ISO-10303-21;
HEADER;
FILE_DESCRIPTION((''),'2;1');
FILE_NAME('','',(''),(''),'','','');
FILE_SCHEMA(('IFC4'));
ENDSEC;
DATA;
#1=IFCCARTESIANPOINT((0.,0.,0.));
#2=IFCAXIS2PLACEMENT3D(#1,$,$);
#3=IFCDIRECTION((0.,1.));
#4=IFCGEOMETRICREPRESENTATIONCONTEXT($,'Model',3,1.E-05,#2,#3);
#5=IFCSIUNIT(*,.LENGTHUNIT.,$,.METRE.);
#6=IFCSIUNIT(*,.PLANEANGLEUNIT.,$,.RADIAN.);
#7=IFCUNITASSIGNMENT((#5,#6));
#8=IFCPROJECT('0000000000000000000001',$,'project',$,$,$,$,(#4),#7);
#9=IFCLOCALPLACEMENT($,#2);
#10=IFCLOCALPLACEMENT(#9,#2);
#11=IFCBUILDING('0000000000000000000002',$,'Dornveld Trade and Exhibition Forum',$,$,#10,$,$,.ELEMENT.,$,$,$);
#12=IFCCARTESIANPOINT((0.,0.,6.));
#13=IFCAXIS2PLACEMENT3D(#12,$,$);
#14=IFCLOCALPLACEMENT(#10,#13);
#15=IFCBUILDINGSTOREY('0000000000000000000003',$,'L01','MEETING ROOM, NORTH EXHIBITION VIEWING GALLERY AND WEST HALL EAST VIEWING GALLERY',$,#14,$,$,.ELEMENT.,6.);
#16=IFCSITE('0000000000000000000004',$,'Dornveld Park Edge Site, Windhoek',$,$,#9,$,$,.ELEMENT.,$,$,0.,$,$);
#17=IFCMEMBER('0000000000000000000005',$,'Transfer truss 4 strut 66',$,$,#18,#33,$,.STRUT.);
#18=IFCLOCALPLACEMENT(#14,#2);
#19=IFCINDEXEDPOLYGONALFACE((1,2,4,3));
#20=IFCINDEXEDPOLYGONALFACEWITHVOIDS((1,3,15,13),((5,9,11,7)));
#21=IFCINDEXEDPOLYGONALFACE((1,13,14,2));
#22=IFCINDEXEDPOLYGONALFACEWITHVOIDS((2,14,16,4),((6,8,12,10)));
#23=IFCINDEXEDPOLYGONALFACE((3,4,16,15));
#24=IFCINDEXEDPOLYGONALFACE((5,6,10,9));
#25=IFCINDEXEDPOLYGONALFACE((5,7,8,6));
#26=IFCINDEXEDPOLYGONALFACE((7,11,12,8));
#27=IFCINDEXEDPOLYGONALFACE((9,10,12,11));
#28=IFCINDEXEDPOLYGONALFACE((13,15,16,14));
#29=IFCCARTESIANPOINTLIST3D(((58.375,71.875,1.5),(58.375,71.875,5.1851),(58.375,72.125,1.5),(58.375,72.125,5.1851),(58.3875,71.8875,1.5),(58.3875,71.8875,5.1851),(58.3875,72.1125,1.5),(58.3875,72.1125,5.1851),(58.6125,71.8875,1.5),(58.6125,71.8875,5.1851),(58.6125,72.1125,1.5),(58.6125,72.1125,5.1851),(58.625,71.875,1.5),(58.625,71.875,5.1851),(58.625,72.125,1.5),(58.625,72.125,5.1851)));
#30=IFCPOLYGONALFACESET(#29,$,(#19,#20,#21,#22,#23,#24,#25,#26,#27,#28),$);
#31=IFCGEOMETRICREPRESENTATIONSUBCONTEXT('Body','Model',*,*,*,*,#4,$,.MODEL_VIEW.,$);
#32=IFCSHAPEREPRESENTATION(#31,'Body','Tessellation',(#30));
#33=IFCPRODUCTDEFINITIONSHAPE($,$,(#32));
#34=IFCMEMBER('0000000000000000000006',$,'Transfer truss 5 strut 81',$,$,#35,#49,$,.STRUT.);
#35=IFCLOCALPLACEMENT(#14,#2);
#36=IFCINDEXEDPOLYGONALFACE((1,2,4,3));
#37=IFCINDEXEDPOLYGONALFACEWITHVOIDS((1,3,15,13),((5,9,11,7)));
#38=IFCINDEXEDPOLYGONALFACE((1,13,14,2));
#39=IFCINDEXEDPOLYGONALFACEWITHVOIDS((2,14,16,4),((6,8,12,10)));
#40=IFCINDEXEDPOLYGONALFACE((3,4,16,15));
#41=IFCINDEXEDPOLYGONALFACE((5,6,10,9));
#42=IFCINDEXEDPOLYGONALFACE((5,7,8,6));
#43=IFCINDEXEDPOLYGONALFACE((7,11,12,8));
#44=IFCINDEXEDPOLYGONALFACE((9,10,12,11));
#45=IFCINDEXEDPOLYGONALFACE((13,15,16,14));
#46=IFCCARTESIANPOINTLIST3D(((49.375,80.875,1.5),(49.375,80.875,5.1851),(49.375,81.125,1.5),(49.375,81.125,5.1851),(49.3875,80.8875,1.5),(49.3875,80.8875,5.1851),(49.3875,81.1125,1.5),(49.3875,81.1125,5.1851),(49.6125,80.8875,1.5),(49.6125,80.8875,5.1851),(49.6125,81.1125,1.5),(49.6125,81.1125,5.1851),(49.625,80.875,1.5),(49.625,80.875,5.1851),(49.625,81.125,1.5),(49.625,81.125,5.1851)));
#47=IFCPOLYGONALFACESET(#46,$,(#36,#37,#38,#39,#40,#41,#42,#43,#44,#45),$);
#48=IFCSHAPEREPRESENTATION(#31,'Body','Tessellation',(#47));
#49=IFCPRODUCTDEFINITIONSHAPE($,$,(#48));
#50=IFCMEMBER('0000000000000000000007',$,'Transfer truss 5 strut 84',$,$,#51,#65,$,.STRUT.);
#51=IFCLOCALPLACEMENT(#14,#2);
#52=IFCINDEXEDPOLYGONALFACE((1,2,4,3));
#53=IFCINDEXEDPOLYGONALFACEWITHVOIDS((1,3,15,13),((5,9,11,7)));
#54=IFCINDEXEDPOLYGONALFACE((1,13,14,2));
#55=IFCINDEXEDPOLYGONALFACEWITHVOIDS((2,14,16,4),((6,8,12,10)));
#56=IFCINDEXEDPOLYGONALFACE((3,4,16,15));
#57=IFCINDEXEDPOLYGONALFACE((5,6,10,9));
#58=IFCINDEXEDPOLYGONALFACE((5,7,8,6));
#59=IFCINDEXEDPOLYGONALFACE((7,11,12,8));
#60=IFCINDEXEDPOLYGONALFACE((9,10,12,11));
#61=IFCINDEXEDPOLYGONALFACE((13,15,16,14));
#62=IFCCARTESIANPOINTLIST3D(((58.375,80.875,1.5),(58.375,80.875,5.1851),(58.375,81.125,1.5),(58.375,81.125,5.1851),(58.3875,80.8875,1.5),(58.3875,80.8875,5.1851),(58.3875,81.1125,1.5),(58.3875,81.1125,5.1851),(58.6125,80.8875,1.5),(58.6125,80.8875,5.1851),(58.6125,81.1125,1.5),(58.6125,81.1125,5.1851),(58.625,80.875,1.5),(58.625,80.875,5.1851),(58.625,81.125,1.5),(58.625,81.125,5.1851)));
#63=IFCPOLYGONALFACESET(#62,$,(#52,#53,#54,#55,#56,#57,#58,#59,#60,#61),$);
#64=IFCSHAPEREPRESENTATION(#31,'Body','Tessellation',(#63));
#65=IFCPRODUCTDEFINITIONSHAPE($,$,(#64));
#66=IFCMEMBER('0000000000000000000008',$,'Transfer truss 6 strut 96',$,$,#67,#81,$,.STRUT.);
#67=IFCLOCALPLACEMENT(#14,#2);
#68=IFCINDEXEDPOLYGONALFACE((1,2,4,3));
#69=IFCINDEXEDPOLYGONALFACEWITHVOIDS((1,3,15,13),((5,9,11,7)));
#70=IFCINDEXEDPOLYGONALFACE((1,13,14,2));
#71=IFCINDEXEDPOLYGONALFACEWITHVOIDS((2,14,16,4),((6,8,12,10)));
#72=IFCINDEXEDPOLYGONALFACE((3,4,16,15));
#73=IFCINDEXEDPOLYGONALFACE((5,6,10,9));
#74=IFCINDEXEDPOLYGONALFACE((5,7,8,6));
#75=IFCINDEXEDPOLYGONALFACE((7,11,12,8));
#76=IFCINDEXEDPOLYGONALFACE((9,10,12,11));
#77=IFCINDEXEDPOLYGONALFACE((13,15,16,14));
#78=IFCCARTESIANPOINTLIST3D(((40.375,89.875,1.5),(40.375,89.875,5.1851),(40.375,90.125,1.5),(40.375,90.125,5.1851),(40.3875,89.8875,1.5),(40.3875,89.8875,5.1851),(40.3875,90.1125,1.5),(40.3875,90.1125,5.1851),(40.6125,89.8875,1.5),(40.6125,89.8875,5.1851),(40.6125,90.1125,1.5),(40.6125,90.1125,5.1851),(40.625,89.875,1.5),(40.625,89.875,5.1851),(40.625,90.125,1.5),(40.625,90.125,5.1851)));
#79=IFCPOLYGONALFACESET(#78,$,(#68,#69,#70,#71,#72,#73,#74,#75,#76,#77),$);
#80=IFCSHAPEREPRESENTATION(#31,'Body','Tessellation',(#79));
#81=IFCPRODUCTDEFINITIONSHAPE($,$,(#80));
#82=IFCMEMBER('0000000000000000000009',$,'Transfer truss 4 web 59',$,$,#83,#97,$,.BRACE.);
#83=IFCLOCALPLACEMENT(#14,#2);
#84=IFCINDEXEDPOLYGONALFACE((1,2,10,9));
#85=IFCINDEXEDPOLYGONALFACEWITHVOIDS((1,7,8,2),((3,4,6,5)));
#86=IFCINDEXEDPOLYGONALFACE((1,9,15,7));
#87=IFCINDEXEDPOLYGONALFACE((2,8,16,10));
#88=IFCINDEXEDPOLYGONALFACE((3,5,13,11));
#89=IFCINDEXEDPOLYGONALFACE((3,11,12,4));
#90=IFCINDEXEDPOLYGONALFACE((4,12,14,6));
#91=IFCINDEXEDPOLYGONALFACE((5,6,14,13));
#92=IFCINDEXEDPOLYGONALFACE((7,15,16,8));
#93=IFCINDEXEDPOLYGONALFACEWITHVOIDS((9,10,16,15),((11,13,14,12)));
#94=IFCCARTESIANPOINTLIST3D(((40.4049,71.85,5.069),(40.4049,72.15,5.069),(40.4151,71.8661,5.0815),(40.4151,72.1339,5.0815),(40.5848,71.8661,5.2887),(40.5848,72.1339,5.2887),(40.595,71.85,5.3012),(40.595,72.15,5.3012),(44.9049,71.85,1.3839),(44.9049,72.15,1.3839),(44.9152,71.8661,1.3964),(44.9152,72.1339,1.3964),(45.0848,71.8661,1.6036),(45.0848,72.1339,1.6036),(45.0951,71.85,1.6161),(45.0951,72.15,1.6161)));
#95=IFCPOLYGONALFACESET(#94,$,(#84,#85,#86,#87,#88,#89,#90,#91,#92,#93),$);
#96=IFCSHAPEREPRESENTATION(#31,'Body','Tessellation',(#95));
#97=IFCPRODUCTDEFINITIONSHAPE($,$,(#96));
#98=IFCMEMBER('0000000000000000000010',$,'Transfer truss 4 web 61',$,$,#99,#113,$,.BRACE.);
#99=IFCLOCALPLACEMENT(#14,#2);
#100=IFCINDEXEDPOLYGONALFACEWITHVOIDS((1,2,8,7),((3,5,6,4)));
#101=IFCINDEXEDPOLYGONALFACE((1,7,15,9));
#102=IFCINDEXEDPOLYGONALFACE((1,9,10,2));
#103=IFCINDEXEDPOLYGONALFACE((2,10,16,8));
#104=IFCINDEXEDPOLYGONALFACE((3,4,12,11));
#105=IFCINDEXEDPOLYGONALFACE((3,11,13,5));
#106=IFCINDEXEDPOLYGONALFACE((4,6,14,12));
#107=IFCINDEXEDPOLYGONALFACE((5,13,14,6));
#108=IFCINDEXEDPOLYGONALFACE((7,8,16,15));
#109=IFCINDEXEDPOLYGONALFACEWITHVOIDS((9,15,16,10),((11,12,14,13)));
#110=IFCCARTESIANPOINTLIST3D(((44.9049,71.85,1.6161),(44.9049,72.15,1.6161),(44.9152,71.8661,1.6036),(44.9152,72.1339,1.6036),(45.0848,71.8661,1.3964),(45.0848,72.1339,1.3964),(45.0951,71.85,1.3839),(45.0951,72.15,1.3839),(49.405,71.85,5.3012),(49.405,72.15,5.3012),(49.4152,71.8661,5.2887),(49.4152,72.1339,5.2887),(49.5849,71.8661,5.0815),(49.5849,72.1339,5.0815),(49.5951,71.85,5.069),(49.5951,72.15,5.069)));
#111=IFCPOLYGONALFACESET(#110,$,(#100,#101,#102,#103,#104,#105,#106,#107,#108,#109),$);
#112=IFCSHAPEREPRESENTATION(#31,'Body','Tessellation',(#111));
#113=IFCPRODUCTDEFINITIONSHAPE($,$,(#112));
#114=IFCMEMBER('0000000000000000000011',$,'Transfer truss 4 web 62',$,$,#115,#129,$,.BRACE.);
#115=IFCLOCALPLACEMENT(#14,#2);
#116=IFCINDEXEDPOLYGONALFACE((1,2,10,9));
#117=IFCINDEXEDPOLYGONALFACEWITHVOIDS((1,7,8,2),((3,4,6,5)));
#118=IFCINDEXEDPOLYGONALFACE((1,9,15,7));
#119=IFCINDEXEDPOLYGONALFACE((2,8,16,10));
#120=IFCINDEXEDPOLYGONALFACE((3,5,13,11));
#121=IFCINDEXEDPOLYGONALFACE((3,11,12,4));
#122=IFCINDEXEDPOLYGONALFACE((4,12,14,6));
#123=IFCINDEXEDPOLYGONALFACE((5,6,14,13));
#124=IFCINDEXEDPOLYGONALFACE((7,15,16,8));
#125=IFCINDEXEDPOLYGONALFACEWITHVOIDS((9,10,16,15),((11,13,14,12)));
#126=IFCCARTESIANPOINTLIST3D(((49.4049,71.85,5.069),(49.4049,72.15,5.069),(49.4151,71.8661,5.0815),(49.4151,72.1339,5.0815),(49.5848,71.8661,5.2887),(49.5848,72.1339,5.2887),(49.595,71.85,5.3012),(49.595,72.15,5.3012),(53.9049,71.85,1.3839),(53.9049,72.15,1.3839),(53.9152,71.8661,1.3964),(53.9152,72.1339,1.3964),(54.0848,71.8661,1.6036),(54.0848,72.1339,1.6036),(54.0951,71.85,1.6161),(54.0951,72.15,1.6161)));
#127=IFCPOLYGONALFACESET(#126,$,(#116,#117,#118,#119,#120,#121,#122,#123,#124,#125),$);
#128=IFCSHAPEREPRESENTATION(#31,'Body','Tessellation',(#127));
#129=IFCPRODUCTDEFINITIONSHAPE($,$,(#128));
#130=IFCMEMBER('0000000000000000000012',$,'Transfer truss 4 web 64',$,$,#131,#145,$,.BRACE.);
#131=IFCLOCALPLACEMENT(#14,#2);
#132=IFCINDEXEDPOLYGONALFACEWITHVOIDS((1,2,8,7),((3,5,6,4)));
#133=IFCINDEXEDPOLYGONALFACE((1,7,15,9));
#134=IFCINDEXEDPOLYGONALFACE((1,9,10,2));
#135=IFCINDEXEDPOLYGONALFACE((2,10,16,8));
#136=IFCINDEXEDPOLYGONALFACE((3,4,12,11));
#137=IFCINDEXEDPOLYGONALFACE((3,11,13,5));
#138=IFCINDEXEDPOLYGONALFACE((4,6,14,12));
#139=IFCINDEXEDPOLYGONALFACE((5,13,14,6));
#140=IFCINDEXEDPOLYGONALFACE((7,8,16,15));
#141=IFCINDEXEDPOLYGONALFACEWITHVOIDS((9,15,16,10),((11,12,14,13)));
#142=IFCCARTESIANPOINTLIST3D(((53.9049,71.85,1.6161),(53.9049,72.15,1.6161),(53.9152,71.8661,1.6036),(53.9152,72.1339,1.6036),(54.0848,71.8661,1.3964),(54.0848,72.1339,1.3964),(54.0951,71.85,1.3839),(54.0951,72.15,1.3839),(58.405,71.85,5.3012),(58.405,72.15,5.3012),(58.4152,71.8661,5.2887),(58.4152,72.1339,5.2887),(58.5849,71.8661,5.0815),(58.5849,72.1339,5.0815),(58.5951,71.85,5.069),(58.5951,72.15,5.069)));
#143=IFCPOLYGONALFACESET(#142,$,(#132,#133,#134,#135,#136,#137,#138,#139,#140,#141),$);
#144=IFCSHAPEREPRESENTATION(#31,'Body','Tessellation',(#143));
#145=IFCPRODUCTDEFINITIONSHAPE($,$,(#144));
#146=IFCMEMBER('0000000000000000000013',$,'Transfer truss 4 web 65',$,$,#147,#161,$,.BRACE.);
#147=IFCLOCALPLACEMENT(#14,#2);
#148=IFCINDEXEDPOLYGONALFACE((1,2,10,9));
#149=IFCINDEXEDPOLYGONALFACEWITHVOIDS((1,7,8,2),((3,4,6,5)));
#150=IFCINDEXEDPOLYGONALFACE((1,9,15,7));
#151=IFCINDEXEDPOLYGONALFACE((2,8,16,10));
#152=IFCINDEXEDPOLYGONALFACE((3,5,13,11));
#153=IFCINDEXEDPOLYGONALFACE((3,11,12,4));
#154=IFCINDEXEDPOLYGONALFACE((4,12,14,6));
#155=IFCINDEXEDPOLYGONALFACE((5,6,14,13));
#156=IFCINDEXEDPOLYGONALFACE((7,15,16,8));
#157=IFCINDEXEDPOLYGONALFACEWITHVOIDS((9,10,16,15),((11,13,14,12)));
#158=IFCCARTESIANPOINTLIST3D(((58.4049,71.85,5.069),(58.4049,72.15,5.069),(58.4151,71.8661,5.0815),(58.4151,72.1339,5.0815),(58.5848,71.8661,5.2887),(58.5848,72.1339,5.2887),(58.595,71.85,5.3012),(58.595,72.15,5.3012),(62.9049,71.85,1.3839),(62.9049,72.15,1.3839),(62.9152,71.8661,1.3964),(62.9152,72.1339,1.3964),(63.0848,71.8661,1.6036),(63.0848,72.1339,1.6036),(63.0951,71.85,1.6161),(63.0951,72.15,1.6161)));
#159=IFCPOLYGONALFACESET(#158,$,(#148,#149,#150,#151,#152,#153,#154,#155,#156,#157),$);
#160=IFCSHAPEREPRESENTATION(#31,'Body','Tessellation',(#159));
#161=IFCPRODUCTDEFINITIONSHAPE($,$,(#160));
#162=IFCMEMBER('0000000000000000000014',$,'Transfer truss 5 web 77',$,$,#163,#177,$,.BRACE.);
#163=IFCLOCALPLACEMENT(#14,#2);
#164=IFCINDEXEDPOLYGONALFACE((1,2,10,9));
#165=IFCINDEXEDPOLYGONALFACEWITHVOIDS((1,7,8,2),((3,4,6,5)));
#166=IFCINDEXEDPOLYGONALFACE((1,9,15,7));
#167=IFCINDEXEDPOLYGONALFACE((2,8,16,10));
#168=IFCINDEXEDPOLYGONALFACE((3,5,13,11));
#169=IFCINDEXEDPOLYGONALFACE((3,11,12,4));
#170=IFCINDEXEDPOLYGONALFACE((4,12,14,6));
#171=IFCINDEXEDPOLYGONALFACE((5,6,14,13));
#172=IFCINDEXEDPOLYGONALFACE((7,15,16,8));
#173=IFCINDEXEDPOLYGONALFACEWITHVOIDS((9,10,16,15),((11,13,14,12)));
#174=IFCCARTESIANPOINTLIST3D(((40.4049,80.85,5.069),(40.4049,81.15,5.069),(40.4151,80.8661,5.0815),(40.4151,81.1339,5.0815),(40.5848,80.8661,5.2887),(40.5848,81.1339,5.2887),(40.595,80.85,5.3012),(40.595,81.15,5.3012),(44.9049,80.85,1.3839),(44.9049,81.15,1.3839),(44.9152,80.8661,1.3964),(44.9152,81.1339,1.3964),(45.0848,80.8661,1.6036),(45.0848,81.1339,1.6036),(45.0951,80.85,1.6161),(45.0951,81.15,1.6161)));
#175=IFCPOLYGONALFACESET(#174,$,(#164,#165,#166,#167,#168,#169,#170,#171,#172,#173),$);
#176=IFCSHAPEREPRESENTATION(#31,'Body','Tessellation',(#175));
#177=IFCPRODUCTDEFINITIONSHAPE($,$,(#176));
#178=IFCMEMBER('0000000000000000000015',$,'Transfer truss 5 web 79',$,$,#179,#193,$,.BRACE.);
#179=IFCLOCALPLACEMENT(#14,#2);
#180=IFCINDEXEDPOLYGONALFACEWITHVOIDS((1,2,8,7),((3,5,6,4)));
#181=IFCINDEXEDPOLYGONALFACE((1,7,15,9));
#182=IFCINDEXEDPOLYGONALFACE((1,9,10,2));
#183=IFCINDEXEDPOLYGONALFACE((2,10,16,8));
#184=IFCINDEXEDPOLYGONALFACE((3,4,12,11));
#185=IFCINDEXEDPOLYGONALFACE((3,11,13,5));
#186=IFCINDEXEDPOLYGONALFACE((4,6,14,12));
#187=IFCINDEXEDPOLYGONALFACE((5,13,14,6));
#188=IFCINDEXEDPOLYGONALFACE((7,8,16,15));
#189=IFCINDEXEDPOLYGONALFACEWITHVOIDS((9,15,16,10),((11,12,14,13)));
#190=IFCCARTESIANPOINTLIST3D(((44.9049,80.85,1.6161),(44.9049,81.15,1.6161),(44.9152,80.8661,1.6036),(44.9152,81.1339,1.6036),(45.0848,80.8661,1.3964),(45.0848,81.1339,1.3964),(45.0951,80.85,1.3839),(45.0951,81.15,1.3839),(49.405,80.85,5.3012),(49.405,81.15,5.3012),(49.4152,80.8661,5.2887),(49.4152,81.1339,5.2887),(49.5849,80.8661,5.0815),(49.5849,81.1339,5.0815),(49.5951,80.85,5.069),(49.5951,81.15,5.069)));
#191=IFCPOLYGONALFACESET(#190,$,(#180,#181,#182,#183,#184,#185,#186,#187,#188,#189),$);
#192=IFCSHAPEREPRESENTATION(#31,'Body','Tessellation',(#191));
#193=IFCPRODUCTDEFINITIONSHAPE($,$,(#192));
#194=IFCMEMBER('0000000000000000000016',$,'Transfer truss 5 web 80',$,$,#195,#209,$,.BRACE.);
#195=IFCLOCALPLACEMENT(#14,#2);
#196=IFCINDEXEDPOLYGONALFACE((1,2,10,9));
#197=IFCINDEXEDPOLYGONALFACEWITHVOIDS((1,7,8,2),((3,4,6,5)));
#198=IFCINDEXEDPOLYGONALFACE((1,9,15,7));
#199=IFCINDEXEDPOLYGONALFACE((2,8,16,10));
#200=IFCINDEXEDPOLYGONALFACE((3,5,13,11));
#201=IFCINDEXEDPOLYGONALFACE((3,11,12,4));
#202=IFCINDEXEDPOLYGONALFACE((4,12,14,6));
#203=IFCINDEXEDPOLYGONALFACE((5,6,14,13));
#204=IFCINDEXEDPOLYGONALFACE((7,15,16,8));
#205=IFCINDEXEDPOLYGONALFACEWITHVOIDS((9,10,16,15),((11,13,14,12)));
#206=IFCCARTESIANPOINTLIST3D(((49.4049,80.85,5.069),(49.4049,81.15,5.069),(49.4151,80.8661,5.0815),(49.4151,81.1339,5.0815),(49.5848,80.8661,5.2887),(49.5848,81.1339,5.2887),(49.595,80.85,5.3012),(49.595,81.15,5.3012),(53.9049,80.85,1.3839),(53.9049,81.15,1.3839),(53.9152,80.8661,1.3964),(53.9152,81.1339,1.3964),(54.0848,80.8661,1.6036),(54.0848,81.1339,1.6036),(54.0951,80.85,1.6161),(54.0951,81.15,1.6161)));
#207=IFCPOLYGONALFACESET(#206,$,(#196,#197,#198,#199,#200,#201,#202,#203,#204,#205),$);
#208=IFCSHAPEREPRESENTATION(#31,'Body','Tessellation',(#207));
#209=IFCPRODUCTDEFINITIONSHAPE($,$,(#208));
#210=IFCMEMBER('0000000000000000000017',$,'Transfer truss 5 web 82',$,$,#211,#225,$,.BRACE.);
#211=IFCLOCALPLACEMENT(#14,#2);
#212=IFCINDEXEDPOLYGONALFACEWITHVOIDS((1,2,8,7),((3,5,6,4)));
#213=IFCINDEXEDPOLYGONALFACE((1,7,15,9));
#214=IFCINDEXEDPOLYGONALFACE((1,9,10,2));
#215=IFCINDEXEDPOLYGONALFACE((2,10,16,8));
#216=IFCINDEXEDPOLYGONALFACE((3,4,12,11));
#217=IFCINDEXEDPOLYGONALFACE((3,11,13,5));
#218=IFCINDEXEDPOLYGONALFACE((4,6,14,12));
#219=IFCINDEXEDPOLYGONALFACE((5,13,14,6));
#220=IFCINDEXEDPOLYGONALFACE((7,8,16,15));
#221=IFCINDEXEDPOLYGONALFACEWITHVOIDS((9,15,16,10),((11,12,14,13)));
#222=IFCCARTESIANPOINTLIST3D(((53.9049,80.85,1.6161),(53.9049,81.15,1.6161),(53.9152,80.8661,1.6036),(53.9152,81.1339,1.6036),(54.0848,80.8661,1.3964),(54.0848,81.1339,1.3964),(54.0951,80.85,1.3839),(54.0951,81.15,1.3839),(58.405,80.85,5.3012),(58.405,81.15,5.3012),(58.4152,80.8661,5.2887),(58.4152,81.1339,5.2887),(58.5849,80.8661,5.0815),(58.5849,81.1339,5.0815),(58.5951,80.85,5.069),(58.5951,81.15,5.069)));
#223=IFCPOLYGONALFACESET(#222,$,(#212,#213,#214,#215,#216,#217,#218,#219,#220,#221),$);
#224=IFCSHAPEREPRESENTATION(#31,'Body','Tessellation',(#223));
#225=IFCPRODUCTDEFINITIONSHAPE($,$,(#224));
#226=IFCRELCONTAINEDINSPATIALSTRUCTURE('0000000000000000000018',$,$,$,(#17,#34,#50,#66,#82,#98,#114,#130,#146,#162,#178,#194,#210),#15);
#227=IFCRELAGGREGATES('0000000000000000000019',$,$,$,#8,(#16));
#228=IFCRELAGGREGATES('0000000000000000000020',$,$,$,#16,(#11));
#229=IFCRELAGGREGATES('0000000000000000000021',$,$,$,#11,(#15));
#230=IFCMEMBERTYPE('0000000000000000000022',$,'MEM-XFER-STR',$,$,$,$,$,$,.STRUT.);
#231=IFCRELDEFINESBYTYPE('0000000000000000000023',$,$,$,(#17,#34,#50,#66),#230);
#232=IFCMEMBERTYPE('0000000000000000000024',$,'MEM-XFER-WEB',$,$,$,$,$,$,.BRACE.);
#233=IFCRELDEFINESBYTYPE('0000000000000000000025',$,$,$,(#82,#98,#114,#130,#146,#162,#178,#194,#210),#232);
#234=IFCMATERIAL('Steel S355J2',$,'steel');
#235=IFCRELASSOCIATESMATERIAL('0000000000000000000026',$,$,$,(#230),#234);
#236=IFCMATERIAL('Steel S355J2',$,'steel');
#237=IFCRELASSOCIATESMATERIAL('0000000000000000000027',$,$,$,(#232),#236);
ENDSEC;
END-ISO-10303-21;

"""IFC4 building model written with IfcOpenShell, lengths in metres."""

from ifc_helpers import new_model, si_unit, direction, frame, origin, origin_2d, place, context, subcontext, project, spatial, hollow_rectangle, extrude, material, material_profile, profile_set, type_object, element, save


model = new_model("IFC4")

# Units and contexts
model_context = context("Model", 3, precision=1e-05, world=origin(), true_north=direction((0.0, 1.0)))
body_context = subcontext(model_context, "Body", "Model", "MODEL_VIEW")
ifc_project = project(units=[si_unit("LENGTHUNIT", "METRE"), si_unit("PLANEANGLEUNIT", "RADIAN")], contexts=[model_context])

# Site, building, storey
site_placement = place(None, origin())
site = spatial("IfcSite", under=ifc_project, at=site_placement, Name="Dornveld Park Edge Site, Windhoek", CompositionType="ELEMENT", RefElevation=0.0)
building_placement = place(site_placement, origin())
building = spatial("IfcBuilding", under=site, at=building_placement, Name="Dornveld Trade and Exhibition Forum", CompositionType="ELEMENT")
storey_placement = place(building_placement, frame((0.0, 0.0, 6.0)))
storey = spatial("IfcBuildingStorey", under=building, at=storey_placement, Name="L01", Description="MEETING ROOM, NORTH EXHIBITION VIEWING GALLERY AND WEST HALL EAST VIEWING GALLERY", CompositionType="ELEMENT", Elevation=6.0)

# Members
ifc_material_1 = material(Name="Steel S355J2", Category="steel")
ifc_material_profile_1 = material_profile(ifc_material_1, hollow_rectangle(XDim=0.25, YDim=0.25, WallThickness=0.0125, at=origin_2d()), Name="SHS 250x250x12.5")
ifc_profile_set_1 = profile_set([ifc_material_profile_1], Name="Steel S355J2")
member_type_1 = type_object("IfcMemberType", Name="MEM-XFER-STR", PredefinedType="STRUT", material=ifc_profile_set_1)
for number, where, z_axis, x_axis, name in (
    (1, (58.5, 72.0, 1.5), (0.0, 0.0, 1.0), (1.0, 0.0, 0.0), "Transfer truss 4 strut 66"),
    (2, (49.5, 81.0, 1.5), (0.0, 0.0, 1.0), (1.0, 0.0, 0.0), "Transfer truss 5 strut 81"),
    (3, (58.5, 81.0, 1.5), (0.0, 0.0, 1.0), (1.0, 0.0, 0.0), "Transfer truss 5 strut 84"),
    (4, (40.5, 90.0, 1.5), (0.0, 0.0, 1.0), (1.0, 0.0, 0.0), "Transfer truss 6 strut 96"),
):
    element("IfcMember", number, at=place(storey_placement, frame(where, z_axis=z_axis, x_axis=x_axis)), inside=storey, type_object=member_type_1, Name=name, PredefinedType="STRUT", context=body_context, shape_type="SweptSolid", body=[
        extrude(hollow_rectangle(XDim=0.25, YDim=0.25, WallThickness=0.0125, at=origin_2d()), origin(), (0.0, 0.0, 1.0), 3.6851),
    ])
ifc_material_2 = material(Name="Steel S355J2", Category="steel")
ifc_material_profile_2 = material_profile(ifc_material_2, hollow_rectangle(XDim=0.3, YDim=0.3, WallThickness=0.0161, at=origin_2d()), Name="SHS 300x300x16")
ifc_profile_set_2 = profile_set([ifc_material_profile_2], Name="Steel S355J2")
member_type_2 = type_object("IfcMemberType", Name="MEM-XFER-WEB", PredefinedType="BRACE", material=ifc_profile_set_2)
for number, where, z_axis, x_axis, name in (
    (5, (45.0, 72.0, 1.5), (-0.773684, 0.0, 0.633571), (0.0, -1.0, 0.0), "Transfer truss 4 web 59"),
    (6, (45.0, 72.0, 1.5), (0.773684, 0.0, 0.633571), (0.0, 1.0, 0.0), "Transfer truss 4 web 61"),
    (7, (54.0, 72.0, 1.5), (-0.773684, 0.0, 0.633571), (0.0, -1.0, 0.0), "Transfer truss 4 web 62"),
    (8, (54.0, 72.0, 1.5), (0.773684, 0.0, 0.633571), (0.0, 1.0, 0.0), "Transfer truss 4 web 64"),
    (9, (63.0, 72.0, 1.5), (-0.773684, 0.0, 0.633571), (0.0, -1.0, 0.0), "Transfer truss 4 web 65"),
    (10, (45.0, 81.0, 1.5), (-0.773684, 0.0, 0.633571), (0.0, -1.0, 0.0), "Transfer truss 5 web 77"),
    (11, (45.0, 81.0, 1.5), (0.773684, 0.0, 0.633571), (0.0, 1.0, 0.0), "Transfer truss 5 web 79"),
    (12, (54.0, 81.0, 1.5), (-0.773684, 0.0, 0.633571), (0.0, -1.0, 0.0), "Transfer truss 5 web 80"),
    (13, (54.0, 81.0, 1.5), (0.773684, 0.0, 0.633571), (0.0, 1.0, 0.0), "Transfer truss 5 web 82"),
):
    element("IfcMember", number, at=place(storey_placement, frame(where, z_axis=z_axis, x_axis=x_axis)), inside=storey, type_object=member_type_2, Name=name, PredefinedType="BRACE", context=body_context, shape_type="SweptSolid", body=[
        extrude(hollow_rectangle(XDim=0.3, YDim=0.3, WallThickness=0.0161, at=origin_2d()), origin(), (0.0, 0.0, 1.0), 5.8164),
    ])

save(model, "model.ifc")
